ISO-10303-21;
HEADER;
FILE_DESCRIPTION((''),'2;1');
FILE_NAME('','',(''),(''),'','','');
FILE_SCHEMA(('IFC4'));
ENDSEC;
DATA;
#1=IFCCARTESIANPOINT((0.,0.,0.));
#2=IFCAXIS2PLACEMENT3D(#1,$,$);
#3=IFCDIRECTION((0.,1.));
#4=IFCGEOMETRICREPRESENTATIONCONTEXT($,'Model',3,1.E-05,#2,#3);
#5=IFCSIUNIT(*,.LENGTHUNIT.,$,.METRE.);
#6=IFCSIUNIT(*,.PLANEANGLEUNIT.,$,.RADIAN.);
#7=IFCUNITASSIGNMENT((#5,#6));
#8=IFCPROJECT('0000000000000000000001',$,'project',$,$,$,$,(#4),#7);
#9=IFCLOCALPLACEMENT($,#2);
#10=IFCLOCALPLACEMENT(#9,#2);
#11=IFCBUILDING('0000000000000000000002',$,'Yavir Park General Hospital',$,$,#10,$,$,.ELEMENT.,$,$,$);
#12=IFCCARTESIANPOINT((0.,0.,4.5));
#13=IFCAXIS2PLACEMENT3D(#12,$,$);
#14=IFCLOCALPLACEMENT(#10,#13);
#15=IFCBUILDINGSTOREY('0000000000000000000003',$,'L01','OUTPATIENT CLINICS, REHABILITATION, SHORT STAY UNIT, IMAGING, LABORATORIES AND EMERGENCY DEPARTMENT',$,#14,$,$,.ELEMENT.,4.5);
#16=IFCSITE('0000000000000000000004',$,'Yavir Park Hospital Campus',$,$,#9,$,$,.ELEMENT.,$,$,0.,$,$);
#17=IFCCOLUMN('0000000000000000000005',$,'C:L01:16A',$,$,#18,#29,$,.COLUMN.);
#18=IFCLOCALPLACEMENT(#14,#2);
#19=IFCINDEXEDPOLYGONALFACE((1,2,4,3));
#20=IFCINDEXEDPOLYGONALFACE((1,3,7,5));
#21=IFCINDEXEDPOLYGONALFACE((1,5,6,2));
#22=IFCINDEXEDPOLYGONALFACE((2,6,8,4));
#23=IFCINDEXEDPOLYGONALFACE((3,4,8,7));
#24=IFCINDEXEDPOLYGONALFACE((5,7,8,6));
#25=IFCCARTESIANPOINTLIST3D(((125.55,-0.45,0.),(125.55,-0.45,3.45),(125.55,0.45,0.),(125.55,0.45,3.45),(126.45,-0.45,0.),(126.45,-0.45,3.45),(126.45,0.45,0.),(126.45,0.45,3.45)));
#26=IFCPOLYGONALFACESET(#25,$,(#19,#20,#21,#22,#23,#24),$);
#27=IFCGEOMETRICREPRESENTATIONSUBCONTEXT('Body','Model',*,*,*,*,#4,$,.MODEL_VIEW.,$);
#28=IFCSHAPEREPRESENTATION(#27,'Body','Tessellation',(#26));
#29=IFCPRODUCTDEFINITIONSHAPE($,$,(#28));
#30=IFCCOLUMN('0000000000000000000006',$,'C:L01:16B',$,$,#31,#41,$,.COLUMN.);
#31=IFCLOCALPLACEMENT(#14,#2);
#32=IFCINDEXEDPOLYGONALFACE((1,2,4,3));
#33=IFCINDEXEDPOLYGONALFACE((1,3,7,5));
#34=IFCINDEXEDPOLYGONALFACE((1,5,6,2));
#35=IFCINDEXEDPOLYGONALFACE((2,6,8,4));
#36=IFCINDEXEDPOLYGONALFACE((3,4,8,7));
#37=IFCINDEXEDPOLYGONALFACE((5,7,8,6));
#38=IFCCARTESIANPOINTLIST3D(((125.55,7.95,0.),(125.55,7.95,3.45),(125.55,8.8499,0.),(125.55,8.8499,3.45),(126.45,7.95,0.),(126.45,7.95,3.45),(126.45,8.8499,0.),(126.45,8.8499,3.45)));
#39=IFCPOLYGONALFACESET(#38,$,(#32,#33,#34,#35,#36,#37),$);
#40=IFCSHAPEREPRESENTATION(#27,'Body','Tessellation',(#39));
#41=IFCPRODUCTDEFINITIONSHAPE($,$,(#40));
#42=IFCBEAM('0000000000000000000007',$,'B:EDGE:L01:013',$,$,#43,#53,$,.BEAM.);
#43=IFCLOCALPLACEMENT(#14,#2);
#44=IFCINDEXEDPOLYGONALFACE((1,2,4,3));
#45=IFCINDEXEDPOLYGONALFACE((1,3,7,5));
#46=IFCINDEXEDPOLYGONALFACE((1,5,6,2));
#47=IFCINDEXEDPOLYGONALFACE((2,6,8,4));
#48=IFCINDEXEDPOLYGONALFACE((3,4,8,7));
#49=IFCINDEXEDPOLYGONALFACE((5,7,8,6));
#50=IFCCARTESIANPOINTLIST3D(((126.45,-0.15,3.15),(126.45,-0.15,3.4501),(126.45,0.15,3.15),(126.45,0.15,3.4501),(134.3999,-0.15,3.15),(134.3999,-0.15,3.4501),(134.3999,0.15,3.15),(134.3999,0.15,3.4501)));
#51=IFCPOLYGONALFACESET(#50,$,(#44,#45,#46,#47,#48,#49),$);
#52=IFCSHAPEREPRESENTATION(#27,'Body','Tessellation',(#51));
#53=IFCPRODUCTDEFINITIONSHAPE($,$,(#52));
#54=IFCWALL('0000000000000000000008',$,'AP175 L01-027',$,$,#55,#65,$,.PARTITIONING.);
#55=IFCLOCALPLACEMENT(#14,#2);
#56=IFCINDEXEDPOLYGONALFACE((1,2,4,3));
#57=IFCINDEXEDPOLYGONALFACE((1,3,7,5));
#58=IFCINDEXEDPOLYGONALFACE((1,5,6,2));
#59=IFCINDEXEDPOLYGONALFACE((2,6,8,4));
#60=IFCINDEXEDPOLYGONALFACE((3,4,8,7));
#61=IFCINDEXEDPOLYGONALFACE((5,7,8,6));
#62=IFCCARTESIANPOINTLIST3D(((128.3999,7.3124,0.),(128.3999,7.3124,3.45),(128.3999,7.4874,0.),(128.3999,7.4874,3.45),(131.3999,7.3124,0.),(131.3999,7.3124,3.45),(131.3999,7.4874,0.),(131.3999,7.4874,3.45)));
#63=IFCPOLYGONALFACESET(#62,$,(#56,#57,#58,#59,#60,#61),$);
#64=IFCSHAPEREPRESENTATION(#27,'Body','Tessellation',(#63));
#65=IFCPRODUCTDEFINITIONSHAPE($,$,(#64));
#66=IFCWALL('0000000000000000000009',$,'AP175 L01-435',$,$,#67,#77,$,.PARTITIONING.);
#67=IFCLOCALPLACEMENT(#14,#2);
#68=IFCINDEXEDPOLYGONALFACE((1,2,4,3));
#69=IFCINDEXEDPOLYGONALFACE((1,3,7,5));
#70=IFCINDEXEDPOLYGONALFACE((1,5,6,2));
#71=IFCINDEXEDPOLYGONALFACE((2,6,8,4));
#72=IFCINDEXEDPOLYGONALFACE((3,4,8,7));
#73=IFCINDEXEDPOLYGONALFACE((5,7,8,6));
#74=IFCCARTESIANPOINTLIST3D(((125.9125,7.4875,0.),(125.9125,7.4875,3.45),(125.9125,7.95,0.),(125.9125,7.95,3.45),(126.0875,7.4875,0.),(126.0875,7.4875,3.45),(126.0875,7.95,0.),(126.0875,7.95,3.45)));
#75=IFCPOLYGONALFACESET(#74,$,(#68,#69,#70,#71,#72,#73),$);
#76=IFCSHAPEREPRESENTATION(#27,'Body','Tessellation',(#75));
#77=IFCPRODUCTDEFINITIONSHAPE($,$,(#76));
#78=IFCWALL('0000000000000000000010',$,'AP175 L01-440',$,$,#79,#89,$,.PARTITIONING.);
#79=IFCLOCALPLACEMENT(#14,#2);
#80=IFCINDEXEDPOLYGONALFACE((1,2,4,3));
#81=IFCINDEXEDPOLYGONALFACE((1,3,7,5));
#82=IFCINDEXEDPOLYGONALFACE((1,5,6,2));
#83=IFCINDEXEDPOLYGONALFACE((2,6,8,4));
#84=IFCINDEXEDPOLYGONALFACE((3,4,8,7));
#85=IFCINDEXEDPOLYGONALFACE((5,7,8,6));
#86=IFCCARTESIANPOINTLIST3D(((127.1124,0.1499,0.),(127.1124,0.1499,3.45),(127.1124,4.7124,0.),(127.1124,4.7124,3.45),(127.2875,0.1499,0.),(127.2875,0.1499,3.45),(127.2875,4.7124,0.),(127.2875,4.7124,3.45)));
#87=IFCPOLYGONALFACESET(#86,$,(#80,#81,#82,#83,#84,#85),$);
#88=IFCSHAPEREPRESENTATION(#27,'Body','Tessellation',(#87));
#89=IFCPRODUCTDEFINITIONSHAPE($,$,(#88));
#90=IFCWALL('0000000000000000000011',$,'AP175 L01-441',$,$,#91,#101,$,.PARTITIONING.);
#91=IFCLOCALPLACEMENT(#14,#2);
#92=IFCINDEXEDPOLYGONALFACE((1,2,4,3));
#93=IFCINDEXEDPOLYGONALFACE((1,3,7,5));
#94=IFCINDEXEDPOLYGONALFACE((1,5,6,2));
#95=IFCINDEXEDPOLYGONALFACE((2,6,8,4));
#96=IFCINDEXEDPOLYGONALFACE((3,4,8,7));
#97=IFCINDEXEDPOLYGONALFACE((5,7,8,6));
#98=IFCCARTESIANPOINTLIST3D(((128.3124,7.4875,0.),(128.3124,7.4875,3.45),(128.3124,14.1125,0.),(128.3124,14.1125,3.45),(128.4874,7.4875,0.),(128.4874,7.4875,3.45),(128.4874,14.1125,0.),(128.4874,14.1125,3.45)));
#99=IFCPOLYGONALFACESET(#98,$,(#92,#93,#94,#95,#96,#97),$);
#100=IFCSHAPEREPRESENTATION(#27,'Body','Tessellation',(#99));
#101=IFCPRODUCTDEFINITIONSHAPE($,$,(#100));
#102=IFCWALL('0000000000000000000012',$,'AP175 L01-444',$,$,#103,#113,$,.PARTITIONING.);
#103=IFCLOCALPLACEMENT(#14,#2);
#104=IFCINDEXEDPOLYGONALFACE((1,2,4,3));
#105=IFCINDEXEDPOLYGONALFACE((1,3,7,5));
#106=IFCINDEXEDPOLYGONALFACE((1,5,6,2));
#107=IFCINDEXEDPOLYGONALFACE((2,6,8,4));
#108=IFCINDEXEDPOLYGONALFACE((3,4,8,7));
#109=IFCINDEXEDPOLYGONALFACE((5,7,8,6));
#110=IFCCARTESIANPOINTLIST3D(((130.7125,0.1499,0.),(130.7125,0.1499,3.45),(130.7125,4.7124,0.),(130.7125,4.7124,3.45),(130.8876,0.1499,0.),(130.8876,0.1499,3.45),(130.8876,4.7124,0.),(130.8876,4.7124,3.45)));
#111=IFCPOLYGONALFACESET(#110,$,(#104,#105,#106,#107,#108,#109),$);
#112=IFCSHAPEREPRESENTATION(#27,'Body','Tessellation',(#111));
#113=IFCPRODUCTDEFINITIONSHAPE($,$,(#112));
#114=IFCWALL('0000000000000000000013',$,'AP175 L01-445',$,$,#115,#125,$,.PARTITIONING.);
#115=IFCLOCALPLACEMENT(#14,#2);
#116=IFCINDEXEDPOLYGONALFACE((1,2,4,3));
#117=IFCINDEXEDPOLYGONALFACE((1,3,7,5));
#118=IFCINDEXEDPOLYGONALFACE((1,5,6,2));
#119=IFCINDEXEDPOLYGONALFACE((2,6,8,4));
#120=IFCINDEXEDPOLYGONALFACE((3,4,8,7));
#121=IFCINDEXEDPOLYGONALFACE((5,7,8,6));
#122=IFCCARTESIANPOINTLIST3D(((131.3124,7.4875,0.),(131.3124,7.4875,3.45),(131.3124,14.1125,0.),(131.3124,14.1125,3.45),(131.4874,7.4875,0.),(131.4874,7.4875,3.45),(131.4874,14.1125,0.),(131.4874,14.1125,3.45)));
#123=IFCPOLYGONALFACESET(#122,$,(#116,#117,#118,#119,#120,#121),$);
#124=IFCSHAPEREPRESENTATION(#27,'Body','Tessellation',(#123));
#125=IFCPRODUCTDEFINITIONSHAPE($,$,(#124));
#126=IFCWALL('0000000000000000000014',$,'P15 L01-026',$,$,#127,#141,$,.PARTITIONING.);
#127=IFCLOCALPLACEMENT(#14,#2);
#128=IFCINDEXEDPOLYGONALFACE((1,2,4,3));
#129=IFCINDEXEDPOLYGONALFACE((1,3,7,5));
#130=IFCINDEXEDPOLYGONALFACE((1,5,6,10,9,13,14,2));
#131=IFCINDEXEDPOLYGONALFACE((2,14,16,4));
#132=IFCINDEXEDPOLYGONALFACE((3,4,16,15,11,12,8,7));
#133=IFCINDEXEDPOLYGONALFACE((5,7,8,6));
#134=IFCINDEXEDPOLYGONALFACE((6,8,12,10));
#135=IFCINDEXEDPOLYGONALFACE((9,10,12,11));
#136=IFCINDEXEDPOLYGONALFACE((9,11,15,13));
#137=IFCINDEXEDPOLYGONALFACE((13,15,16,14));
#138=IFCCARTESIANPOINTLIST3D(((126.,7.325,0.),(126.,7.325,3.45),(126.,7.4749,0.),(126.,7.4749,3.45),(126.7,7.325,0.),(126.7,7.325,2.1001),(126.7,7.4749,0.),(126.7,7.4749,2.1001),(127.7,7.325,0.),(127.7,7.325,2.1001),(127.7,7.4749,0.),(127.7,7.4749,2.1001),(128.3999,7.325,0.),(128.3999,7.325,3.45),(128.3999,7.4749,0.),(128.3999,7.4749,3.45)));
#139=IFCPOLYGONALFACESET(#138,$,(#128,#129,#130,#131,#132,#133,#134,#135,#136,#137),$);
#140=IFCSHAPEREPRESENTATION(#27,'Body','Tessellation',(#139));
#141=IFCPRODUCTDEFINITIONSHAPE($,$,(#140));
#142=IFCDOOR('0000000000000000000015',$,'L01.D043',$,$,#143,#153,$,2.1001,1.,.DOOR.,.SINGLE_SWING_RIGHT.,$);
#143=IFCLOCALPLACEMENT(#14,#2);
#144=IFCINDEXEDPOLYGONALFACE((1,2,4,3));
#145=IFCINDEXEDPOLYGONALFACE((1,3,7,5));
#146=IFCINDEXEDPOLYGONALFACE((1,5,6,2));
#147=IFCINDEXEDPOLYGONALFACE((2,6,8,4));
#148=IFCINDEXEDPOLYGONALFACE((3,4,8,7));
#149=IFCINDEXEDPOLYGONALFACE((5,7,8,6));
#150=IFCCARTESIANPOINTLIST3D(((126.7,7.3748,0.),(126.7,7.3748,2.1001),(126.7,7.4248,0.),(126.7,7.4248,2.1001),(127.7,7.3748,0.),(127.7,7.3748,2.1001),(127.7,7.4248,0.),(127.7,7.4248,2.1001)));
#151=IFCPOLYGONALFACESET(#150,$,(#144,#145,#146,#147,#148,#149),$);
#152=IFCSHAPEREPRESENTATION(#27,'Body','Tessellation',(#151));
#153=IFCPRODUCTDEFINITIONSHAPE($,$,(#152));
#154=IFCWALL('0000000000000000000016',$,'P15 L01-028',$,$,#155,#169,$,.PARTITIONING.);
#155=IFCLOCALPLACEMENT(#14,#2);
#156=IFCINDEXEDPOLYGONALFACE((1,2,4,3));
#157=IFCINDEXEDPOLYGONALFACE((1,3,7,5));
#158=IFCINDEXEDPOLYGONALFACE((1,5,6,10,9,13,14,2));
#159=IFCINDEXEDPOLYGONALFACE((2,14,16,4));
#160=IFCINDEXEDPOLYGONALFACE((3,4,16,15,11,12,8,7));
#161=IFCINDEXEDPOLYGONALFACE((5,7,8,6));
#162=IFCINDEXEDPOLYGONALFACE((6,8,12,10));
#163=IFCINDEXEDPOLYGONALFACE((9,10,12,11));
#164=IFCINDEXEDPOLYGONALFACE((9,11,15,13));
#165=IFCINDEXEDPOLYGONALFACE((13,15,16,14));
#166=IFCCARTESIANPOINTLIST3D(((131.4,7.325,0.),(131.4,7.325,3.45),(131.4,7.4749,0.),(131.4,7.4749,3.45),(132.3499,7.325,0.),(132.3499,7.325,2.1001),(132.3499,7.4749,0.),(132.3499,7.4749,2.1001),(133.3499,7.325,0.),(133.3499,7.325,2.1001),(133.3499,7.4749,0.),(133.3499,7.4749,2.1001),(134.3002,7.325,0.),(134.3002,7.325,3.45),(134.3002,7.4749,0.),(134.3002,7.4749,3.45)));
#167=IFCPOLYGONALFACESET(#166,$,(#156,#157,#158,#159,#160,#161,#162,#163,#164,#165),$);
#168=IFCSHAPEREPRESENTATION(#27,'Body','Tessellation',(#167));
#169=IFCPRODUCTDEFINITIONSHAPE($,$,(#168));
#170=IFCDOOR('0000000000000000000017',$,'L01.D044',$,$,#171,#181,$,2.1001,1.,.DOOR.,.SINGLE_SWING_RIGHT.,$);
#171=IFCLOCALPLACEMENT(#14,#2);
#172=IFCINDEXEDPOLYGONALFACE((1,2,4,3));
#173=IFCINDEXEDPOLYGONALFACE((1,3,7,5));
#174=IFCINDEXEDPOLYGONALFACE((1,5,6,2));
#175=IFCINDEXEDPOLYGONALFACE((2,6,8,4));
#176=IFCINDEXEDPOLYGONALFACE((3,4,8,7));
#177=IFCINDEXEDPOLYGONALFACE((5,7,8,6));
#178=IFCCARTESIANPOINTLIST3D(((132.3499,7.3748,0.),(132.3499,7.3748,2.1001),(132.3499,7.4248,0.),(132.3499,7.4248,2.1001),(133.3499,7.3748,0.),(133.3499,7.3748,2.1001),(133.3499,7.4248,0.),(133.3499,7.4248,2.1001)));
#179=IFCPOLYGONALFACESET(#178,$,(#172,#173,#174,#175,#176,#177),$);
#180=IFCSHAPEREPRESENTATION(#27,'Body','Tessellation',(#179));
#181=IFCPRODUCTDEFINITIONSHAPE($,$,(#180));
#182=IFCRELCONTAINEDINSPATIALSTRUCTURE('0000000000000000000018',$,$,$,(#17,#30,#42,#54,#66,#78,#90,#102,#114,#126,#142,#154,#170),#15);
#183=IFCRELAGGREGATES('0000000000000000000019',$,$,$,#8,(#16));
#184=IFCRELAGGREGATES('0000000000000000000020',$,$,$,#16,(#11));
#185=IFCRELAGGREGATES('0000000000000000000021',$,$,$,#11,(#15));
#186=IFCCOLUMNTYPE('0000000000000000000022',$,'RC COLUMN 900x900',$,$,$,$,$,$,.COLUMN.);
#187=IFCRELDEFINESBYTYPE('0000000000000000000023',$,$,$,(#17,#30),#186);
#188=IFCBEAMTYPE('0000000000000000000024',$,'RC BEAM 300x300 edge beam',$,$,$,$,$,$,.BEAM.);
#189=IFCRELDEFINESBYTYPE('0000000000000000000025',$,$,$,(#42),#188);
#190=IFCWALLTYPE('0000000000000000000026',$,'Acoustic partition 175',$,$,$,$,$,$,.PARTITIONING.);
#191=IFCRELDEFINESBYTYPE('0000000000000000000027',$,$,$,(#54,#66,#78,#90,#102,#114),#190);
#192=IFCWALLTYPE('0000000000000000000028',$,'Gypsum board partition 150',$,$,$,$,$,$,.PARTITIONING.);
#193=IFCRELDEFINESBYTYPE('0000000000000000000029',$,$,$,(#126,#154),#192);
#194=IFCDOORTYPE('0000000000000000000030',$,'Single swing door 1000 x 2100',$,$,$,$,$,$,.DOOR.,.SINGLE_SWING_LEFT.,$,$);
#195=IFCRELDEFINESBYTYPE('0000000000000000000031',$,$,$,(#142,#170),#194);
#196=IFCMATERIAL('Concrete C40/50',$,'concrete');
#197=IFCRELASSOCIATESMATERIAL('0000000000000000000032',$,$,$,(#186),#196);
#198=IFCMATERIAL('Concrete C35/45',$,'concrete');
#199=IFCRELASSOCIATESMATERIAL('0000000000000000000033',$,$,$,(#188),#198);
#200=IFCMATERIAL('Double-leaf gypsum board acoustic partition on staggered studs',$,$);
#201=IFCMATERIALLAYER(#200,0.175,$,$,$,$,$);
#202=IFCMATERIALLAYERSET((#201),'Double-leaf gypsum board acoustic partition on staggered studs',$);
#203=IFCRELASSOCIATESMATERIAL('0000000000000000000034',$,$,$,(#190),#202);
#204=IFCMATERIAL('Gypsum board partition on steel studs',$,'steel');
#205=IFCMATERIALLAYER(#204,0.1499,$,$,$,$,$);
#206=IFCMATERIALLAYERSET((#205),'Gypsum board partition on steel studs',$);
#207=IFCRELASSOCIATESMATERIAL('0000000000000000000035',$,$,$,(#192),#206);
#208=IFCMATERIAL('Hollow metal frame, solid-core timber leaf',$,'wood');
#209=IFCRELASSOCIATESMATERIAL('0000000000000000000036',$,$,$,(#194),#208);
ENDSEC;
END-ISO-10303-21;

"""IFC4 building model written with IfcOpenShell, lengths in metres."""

from ifc_helpers import new_model, si_unit, direction, frame, frame_2d, origin, origin_2d, place, context, subcontext, project, spatial, rectangle, extrude, material, layer, layer_set, material_profile, profile_set, type_object, element, fill, save


model = new_model("IFC4")

# Units and contexts
model_context = context("Model", 3, precision=1e-05, world=origin(), true_north=direction((0.0, 1.0)))
body_context = subcontext(model_context, "Body", "Model", "MODEL_VIEW")
ifc_project = project(units=[si_unit("LENGTHUNIT", "METRE"), si_unit("PLANEANGLEUNIT", "RADIAN")], contexts=[model_context])

# Site, building, storey
site_placement = place(None, origin())
site = spatial("IfcSite", under=ifc_project, at=site_placement, Name="Yavir Park Hospital Campus", CompositionType="ELEMENT", RefElevation=0.0)
building_placement = place(site_placement, origin())
building = spatial("IfcBuilding", under=site, at=building_placement, Name="Yavir Park General Hospital", CompositionType="ELEMENT")
storey_placement = place(building_placement, frame((0.0, 0.0, 4.5)))
storey = spatial("IfcBuildingStorey", under=building, at=storey_placement, Name="L01", Description="OUTPATIENT CLINICS, REHABILITATION, SHORT STAY UNIT, IMAGING, LABORATORIES AND EMERGENCY DEPARTMENT", CompositionType="ELEMENT", Elevation=4.5)

# Columns
ifc_material_1 = material(Name="Concrete C40/50", Category="concrete")
ifc_material_profile_1 = material_profile(ifc_material_1, rectangle(XDim=0.8999, YDim=0.8999, at=origin_2d()), Name="RC900x900")
ifc_profile_set_1 = profile_set([ifc_material_profile_1], Name="Concrete C40/50")
column_type = type_object("IfcColumnType", Name="RC COLUMN 900x900", PredefinedType="COLUMN", material=ifc_profile_set_1)
for number, where, z_axis, x_axis, name in (
    (1, (126.0, 0.0, 0.0), (0.0, 0.0, 1.0), (1.0, 0.0, 0.0), "C:L01:16A"),
    (2, (126.0, 8.3999, 0.0), (0.0, 0.0, 1.0), (1.0, 0.0, 0.0), "C:L01:16B"),
):
    element("IfcColumn", number, at=place(storey_placement, frame(where, z_axis=z_axis, x_axis=x_axis)), inside=storey, type_object=column_type, Name=name, PredefinedType="COLUMN", context=body_context, shape_type="SweptSolid", body=[
        extrude(rectangle(XDim=0.8999, YDim=0.8999, at=origin_2d()), origin(), (0.0, 0.0, 1.0), 3.45),
    ])

# Beam
ifc_material_2 = material(Name="Concrete C35/45", Category="concrete")
ifc_material_profile_2 = material_profile(ifc_material_2, rectangle(XDim=0.3, YDim=0.3, at=origin_2d()), Name="RC300x300")
ifc_profile_set_2 = profile_set([ifc_material_profile_2], Name="Concrete C35/45")
beam_type = type_object("IfcBeamType", Name="RC BEAM 300x300 edge beam", PredefinedType="BEAM", material=ifc_profile_set_2)
beam_placement = place(storey_placement, frame((126.45, 0.0, 3.3), z_axis=(1.0, 0.0, 0.0), x_axis=(0.0, 1.0, 0.0)))
element("IfcBeam", 3, at=beam_placement, inside=storey, type_object=beam_type, Name="B:EDGE:L01:013", PredefinedType="BEAM", context=body_context, shape_type="SweptSolid", body=[
    extrude(rectangle(XDim=0.3, YDim=0.3, at=origin_2d()), origin(), (0.0, 0.0, 1.0), 7.95),
])

# Walls
ifc_material_3 = material(Name="Double-leaf gypsum board acoustic partition on staggered studs")
ifc_layer_1 = layer(ifc_material_3, 0.175)
ifc_layer_set_1 = layer_set([ifc_layer_1], Name="Double-leaf gypsum board acoustic partition on staggered studs")
wall_type_1 = type_object("IfcWallType", Name="Acoustic partition 175", PredefinedType="PARTITIONING", material=ifc_layer_set_1)
wall_1_placement = place(storey_placement, frame((128.3999, 7.3999, 0.0), z_axis=(0.0, 0.0, 1.0), x_axis=(1.0, 0.0, 0.0)))
element("IfcWall", 4, at=wall_1_placement, inside=storey, type_object=wall_type_1, Name="AP175 L01-027", PredefinedType="PARTITIONING", context=body_context, shape_type="SweptSolid", body=[
    extrude(rectangle(XDim=3.0, YDim=0.175, at=frame_2d((1.5, 0.0))), origin(), (0.0, 0.0, 1.0), 3.45),
])
wall_2_placement = place(storey_placement, frame((126.0, 7.4875, 0.0), z_axis=(0.0, 0.0, 1.0), x_axis=(0.0, 1.0, 0.0)))
element("IfcWall", 5, at=wall_2_placement, inside=storey, type_object=wall_type_1, Name="AP175 L01-435", PredefinedType="PARTITIONING", context=body_context, shape_type="SweptSolid", body=[
    extrude(rectangle(XDim=0.4624, YDim=0.175, at=frame_2d((0.2312, 0.0))), origin(), (0.0, 0.0, 1.0), 3.45),
])
wall_3_placement = place(storey_placement, frame((127.2, 0.1499, 0.0), z_axis=(0.0, 0.0, 1.0), x_axis=(0.0, 1.0, 0.0)))
element("IfcWall", 6, at=wall_3_placement, inside=storey, type_object=wall_type_1, Name="AP175 L01-440", PredefinedType="PARTITIONING", context=body_context, shape_type="SweptSolid", body=[
    extrude(rectangle(XDim=4.5625, YDim=0.175, at=frame_2d((2.2812, 0.0))), origin(), (0.0, 0.0, 1.0), 3.45),
])
wall_4_placement = place(storey_placement, frame((128.3999, 7.4875, 0.0), z_axis=(0.0, 0.0, 1.0), x_axis=(0.0, 1.0, 0.0)))
element("IfcWall", 7, at=wall_4_placement, inside=storey, type_object=wall_type_1, Name="AP175 L01-441", PredefinedType="PARTITIONING", context=body_context, shape_type="SweptSolid", body=[
    extrude(rectangle(XDim=6.625, YDim=0.175, at=frame_2d((3.3125, 0.0))), origin(), (0.0, 0.0, 1.0), 3.45),
])
wall_5_placement = place(storey_placement, frame((130.8, 0.1499, 0.0), z_axis=(0.0, 0.0, 1.0), x_axis=(0.0, 1.0, 0.0)))
element("IfcWall", 8, at=wall_5_placement, inside=storey, type_object=wall_type_1, Name="AP175 L01-444", PredefinedType="PARTITIONING", context=body_context, shape_type="SweptSolid", body=[
    extrude(rectangle(XDim=4.5625, YDim=0.175, at=frame_2d((2.2812, 0.0))), origin(), (0.0, 0.0, 1.0), 3.45),
])
wall_6_placement = place(storey_placement, frame((131.3999, 7.4875, 0.0), z_axis=(0.0, 0.0, 1.0), x_axis=(0.0, 1.0, 0.0)))
element("IfcWall", 9, at=wall_6_placement, inside=storey, type_object=wall_type_1, Name="AP175 L01-445", PredefinedType="PARTITIONING", context=body_context, shape_type="SweptSolid", body=[
    extrude(rectangle(XDim=6.625, YDim=0.175, at=frame_2d((3.3125, 0.0))), origin(), (0.0, 0.0, 1.0), 3.45),
])

# Walls, openings, doors
ifc_material_4 = material(Name="Gypsum board partition on steel studs", Category="steel")
ifc_layer_2 = layer(ifc_material_4, 0.1499)
ifc_layer_set_2 = layer_set([ifc_layer_2], Name="Gypsum board partition on steel studs")
wall_type_2 = type_object("IfcWallType", Name="Gypsum board partition 150", PredefinedType="PARTITIONING", material=ifc_layer_set_2)
wall_7_placement = place(storey_placement, frame((126.0, 7.3999, 0.0), z_axis=(0.0, 0.0, 1.0), x_axis=(1.0, 0.0, 0.0)))
wall_7 = element("IfcWall", 10, at=wall_7_placement, inside=storey, type_object=wall_type_2, Name="P15 L01-026", PredefinedType="PARTITIONING", context=body_context, shape_type="SweptSolid", body=[
    extrude(rectangle(XDim=2.3999, YDim=0.1499, at=frame_2d((1.2, 0.0))), origin(), (0.0, 0.0, 1.0), 3.45),
])
opening_1_placement = place(wall_7_placement, frame((0.7, 0.0, 0.0)))
opening_1 = element("IfcOpeningElement", 11, at=opening_1_placement, cuts=wall_7, PredefinedType="OPENING", context=body_context, shape_type="SweptSolid", body=[
    extrude(rectangle(XDim=1.0, YDim=2.1001, at=frame_2d((0.5, 1.05))), frame((0.0, 0.085, 0.0), z_axis=(0.0, -1.0, 0.0), x_axis=(1.0, 0.0, 0.0)), (0.0, 0.0, 1.0), 0.1699),
])
ifc_material_5 = material(Name="Hollow metal frame, solid-core timber leaf", Category="wood")
door_type = type_object("IfcDoorType", Name="Single swing door 1000 x 2100", OperationType="SINGLE_SWING_LEFT", PredefinedType="DOOR", material=ifc_material_5)
door_1_placement = place(opening_1_placement, origin())
door_1 = element("IfcDoor", 12, at=door_1_placement, inside=storey, type_object=door_type, Name="L01.D043", OperationType="SINGLE_SWING_RIGHT", OverallHeight=2.1001, OverallWidth=1.0, PredefinedType="DOOR", context=body_context, shape_type="SweptSolid", body=[
    extrude(rectangle(XDim=1.0, YDim=2.1001, at=frame_2d((0.5, 1.05))), frame((0.0, 0.0249, 0.0), z_axis=(0.0, -1.0, 0.0), x_axis=(1.0, 0.0, 0.0)), (0.0, 0.0, 1.0), 0.05),
])
fill(opening_1, door_1)
wall_8_placement = place(storey_placement, frame((131.3999, 7.3999, 0.0), z_axis=(0.0, 0.0, 1.0), x_axis=(1.0, 0.0, 0.0)))
wall_8 = element("IfcWall", 13, at=wall_8_placement, inside=storey, type_object=wall_type_2, Name="P15 L01-028", PredefinedType="PARTITIONING", context=body_context, shape_type="SweptSolid", body=[
    extrude(rectangle(XDim=2.9001, YDim=0.1499, at=frame_2d((1.4502, 0.0))), origin(), (0.0, 0.0, 1.0), 3.45),
])
opening_2_placement = place(wall_8_placement, frame((0.95, 0.0, 0.0)))
opening_2 = element("IfcOpeningElement", 14, at=opening_2_placement, cuts=wall_8, PredefinedType="OPENING", context=body_context, shape_type="SweptSolid", body=[
    extrude(rectangle(XDim=1.0, YDim=2.1001, at=frame_2d((0.5, 1.05))), frame((0.0, 0.085, 0.0), z_axis=(0.0, -1.0, 0.0), x_axis=(1.0, 0.0, 0.0)), (0.0, 0.0, 1.0), 0.1699),
])
door_2_placement = place(opening_2_placement, origin())
door_2 = element("IfcDoor", 15, at=door_2_placement, inside=storey, type_object=door_type, Name="L01.D044", OperationType="SINGLE_SWING_RIGHT", OverallHeight=2.1001, OverallWidth=1.0, PredefinedType="DOOR", context=body_context, shape_type="SweptSolid", body=[
    extrude(rectangle(XDim=1.0, YDim=2.1001, at=frame_2d((0.5, 1.05))), frame((0.0, 0.0249, 0.0), z_axis=(0.0, -1.0, 0.0), x_axis=(1.0, 0.0, 0.0)), (0.0, 0.0, 1.0), 0.05),
])
fill(opening_2, door_2)

save(model, "model.ifc")
